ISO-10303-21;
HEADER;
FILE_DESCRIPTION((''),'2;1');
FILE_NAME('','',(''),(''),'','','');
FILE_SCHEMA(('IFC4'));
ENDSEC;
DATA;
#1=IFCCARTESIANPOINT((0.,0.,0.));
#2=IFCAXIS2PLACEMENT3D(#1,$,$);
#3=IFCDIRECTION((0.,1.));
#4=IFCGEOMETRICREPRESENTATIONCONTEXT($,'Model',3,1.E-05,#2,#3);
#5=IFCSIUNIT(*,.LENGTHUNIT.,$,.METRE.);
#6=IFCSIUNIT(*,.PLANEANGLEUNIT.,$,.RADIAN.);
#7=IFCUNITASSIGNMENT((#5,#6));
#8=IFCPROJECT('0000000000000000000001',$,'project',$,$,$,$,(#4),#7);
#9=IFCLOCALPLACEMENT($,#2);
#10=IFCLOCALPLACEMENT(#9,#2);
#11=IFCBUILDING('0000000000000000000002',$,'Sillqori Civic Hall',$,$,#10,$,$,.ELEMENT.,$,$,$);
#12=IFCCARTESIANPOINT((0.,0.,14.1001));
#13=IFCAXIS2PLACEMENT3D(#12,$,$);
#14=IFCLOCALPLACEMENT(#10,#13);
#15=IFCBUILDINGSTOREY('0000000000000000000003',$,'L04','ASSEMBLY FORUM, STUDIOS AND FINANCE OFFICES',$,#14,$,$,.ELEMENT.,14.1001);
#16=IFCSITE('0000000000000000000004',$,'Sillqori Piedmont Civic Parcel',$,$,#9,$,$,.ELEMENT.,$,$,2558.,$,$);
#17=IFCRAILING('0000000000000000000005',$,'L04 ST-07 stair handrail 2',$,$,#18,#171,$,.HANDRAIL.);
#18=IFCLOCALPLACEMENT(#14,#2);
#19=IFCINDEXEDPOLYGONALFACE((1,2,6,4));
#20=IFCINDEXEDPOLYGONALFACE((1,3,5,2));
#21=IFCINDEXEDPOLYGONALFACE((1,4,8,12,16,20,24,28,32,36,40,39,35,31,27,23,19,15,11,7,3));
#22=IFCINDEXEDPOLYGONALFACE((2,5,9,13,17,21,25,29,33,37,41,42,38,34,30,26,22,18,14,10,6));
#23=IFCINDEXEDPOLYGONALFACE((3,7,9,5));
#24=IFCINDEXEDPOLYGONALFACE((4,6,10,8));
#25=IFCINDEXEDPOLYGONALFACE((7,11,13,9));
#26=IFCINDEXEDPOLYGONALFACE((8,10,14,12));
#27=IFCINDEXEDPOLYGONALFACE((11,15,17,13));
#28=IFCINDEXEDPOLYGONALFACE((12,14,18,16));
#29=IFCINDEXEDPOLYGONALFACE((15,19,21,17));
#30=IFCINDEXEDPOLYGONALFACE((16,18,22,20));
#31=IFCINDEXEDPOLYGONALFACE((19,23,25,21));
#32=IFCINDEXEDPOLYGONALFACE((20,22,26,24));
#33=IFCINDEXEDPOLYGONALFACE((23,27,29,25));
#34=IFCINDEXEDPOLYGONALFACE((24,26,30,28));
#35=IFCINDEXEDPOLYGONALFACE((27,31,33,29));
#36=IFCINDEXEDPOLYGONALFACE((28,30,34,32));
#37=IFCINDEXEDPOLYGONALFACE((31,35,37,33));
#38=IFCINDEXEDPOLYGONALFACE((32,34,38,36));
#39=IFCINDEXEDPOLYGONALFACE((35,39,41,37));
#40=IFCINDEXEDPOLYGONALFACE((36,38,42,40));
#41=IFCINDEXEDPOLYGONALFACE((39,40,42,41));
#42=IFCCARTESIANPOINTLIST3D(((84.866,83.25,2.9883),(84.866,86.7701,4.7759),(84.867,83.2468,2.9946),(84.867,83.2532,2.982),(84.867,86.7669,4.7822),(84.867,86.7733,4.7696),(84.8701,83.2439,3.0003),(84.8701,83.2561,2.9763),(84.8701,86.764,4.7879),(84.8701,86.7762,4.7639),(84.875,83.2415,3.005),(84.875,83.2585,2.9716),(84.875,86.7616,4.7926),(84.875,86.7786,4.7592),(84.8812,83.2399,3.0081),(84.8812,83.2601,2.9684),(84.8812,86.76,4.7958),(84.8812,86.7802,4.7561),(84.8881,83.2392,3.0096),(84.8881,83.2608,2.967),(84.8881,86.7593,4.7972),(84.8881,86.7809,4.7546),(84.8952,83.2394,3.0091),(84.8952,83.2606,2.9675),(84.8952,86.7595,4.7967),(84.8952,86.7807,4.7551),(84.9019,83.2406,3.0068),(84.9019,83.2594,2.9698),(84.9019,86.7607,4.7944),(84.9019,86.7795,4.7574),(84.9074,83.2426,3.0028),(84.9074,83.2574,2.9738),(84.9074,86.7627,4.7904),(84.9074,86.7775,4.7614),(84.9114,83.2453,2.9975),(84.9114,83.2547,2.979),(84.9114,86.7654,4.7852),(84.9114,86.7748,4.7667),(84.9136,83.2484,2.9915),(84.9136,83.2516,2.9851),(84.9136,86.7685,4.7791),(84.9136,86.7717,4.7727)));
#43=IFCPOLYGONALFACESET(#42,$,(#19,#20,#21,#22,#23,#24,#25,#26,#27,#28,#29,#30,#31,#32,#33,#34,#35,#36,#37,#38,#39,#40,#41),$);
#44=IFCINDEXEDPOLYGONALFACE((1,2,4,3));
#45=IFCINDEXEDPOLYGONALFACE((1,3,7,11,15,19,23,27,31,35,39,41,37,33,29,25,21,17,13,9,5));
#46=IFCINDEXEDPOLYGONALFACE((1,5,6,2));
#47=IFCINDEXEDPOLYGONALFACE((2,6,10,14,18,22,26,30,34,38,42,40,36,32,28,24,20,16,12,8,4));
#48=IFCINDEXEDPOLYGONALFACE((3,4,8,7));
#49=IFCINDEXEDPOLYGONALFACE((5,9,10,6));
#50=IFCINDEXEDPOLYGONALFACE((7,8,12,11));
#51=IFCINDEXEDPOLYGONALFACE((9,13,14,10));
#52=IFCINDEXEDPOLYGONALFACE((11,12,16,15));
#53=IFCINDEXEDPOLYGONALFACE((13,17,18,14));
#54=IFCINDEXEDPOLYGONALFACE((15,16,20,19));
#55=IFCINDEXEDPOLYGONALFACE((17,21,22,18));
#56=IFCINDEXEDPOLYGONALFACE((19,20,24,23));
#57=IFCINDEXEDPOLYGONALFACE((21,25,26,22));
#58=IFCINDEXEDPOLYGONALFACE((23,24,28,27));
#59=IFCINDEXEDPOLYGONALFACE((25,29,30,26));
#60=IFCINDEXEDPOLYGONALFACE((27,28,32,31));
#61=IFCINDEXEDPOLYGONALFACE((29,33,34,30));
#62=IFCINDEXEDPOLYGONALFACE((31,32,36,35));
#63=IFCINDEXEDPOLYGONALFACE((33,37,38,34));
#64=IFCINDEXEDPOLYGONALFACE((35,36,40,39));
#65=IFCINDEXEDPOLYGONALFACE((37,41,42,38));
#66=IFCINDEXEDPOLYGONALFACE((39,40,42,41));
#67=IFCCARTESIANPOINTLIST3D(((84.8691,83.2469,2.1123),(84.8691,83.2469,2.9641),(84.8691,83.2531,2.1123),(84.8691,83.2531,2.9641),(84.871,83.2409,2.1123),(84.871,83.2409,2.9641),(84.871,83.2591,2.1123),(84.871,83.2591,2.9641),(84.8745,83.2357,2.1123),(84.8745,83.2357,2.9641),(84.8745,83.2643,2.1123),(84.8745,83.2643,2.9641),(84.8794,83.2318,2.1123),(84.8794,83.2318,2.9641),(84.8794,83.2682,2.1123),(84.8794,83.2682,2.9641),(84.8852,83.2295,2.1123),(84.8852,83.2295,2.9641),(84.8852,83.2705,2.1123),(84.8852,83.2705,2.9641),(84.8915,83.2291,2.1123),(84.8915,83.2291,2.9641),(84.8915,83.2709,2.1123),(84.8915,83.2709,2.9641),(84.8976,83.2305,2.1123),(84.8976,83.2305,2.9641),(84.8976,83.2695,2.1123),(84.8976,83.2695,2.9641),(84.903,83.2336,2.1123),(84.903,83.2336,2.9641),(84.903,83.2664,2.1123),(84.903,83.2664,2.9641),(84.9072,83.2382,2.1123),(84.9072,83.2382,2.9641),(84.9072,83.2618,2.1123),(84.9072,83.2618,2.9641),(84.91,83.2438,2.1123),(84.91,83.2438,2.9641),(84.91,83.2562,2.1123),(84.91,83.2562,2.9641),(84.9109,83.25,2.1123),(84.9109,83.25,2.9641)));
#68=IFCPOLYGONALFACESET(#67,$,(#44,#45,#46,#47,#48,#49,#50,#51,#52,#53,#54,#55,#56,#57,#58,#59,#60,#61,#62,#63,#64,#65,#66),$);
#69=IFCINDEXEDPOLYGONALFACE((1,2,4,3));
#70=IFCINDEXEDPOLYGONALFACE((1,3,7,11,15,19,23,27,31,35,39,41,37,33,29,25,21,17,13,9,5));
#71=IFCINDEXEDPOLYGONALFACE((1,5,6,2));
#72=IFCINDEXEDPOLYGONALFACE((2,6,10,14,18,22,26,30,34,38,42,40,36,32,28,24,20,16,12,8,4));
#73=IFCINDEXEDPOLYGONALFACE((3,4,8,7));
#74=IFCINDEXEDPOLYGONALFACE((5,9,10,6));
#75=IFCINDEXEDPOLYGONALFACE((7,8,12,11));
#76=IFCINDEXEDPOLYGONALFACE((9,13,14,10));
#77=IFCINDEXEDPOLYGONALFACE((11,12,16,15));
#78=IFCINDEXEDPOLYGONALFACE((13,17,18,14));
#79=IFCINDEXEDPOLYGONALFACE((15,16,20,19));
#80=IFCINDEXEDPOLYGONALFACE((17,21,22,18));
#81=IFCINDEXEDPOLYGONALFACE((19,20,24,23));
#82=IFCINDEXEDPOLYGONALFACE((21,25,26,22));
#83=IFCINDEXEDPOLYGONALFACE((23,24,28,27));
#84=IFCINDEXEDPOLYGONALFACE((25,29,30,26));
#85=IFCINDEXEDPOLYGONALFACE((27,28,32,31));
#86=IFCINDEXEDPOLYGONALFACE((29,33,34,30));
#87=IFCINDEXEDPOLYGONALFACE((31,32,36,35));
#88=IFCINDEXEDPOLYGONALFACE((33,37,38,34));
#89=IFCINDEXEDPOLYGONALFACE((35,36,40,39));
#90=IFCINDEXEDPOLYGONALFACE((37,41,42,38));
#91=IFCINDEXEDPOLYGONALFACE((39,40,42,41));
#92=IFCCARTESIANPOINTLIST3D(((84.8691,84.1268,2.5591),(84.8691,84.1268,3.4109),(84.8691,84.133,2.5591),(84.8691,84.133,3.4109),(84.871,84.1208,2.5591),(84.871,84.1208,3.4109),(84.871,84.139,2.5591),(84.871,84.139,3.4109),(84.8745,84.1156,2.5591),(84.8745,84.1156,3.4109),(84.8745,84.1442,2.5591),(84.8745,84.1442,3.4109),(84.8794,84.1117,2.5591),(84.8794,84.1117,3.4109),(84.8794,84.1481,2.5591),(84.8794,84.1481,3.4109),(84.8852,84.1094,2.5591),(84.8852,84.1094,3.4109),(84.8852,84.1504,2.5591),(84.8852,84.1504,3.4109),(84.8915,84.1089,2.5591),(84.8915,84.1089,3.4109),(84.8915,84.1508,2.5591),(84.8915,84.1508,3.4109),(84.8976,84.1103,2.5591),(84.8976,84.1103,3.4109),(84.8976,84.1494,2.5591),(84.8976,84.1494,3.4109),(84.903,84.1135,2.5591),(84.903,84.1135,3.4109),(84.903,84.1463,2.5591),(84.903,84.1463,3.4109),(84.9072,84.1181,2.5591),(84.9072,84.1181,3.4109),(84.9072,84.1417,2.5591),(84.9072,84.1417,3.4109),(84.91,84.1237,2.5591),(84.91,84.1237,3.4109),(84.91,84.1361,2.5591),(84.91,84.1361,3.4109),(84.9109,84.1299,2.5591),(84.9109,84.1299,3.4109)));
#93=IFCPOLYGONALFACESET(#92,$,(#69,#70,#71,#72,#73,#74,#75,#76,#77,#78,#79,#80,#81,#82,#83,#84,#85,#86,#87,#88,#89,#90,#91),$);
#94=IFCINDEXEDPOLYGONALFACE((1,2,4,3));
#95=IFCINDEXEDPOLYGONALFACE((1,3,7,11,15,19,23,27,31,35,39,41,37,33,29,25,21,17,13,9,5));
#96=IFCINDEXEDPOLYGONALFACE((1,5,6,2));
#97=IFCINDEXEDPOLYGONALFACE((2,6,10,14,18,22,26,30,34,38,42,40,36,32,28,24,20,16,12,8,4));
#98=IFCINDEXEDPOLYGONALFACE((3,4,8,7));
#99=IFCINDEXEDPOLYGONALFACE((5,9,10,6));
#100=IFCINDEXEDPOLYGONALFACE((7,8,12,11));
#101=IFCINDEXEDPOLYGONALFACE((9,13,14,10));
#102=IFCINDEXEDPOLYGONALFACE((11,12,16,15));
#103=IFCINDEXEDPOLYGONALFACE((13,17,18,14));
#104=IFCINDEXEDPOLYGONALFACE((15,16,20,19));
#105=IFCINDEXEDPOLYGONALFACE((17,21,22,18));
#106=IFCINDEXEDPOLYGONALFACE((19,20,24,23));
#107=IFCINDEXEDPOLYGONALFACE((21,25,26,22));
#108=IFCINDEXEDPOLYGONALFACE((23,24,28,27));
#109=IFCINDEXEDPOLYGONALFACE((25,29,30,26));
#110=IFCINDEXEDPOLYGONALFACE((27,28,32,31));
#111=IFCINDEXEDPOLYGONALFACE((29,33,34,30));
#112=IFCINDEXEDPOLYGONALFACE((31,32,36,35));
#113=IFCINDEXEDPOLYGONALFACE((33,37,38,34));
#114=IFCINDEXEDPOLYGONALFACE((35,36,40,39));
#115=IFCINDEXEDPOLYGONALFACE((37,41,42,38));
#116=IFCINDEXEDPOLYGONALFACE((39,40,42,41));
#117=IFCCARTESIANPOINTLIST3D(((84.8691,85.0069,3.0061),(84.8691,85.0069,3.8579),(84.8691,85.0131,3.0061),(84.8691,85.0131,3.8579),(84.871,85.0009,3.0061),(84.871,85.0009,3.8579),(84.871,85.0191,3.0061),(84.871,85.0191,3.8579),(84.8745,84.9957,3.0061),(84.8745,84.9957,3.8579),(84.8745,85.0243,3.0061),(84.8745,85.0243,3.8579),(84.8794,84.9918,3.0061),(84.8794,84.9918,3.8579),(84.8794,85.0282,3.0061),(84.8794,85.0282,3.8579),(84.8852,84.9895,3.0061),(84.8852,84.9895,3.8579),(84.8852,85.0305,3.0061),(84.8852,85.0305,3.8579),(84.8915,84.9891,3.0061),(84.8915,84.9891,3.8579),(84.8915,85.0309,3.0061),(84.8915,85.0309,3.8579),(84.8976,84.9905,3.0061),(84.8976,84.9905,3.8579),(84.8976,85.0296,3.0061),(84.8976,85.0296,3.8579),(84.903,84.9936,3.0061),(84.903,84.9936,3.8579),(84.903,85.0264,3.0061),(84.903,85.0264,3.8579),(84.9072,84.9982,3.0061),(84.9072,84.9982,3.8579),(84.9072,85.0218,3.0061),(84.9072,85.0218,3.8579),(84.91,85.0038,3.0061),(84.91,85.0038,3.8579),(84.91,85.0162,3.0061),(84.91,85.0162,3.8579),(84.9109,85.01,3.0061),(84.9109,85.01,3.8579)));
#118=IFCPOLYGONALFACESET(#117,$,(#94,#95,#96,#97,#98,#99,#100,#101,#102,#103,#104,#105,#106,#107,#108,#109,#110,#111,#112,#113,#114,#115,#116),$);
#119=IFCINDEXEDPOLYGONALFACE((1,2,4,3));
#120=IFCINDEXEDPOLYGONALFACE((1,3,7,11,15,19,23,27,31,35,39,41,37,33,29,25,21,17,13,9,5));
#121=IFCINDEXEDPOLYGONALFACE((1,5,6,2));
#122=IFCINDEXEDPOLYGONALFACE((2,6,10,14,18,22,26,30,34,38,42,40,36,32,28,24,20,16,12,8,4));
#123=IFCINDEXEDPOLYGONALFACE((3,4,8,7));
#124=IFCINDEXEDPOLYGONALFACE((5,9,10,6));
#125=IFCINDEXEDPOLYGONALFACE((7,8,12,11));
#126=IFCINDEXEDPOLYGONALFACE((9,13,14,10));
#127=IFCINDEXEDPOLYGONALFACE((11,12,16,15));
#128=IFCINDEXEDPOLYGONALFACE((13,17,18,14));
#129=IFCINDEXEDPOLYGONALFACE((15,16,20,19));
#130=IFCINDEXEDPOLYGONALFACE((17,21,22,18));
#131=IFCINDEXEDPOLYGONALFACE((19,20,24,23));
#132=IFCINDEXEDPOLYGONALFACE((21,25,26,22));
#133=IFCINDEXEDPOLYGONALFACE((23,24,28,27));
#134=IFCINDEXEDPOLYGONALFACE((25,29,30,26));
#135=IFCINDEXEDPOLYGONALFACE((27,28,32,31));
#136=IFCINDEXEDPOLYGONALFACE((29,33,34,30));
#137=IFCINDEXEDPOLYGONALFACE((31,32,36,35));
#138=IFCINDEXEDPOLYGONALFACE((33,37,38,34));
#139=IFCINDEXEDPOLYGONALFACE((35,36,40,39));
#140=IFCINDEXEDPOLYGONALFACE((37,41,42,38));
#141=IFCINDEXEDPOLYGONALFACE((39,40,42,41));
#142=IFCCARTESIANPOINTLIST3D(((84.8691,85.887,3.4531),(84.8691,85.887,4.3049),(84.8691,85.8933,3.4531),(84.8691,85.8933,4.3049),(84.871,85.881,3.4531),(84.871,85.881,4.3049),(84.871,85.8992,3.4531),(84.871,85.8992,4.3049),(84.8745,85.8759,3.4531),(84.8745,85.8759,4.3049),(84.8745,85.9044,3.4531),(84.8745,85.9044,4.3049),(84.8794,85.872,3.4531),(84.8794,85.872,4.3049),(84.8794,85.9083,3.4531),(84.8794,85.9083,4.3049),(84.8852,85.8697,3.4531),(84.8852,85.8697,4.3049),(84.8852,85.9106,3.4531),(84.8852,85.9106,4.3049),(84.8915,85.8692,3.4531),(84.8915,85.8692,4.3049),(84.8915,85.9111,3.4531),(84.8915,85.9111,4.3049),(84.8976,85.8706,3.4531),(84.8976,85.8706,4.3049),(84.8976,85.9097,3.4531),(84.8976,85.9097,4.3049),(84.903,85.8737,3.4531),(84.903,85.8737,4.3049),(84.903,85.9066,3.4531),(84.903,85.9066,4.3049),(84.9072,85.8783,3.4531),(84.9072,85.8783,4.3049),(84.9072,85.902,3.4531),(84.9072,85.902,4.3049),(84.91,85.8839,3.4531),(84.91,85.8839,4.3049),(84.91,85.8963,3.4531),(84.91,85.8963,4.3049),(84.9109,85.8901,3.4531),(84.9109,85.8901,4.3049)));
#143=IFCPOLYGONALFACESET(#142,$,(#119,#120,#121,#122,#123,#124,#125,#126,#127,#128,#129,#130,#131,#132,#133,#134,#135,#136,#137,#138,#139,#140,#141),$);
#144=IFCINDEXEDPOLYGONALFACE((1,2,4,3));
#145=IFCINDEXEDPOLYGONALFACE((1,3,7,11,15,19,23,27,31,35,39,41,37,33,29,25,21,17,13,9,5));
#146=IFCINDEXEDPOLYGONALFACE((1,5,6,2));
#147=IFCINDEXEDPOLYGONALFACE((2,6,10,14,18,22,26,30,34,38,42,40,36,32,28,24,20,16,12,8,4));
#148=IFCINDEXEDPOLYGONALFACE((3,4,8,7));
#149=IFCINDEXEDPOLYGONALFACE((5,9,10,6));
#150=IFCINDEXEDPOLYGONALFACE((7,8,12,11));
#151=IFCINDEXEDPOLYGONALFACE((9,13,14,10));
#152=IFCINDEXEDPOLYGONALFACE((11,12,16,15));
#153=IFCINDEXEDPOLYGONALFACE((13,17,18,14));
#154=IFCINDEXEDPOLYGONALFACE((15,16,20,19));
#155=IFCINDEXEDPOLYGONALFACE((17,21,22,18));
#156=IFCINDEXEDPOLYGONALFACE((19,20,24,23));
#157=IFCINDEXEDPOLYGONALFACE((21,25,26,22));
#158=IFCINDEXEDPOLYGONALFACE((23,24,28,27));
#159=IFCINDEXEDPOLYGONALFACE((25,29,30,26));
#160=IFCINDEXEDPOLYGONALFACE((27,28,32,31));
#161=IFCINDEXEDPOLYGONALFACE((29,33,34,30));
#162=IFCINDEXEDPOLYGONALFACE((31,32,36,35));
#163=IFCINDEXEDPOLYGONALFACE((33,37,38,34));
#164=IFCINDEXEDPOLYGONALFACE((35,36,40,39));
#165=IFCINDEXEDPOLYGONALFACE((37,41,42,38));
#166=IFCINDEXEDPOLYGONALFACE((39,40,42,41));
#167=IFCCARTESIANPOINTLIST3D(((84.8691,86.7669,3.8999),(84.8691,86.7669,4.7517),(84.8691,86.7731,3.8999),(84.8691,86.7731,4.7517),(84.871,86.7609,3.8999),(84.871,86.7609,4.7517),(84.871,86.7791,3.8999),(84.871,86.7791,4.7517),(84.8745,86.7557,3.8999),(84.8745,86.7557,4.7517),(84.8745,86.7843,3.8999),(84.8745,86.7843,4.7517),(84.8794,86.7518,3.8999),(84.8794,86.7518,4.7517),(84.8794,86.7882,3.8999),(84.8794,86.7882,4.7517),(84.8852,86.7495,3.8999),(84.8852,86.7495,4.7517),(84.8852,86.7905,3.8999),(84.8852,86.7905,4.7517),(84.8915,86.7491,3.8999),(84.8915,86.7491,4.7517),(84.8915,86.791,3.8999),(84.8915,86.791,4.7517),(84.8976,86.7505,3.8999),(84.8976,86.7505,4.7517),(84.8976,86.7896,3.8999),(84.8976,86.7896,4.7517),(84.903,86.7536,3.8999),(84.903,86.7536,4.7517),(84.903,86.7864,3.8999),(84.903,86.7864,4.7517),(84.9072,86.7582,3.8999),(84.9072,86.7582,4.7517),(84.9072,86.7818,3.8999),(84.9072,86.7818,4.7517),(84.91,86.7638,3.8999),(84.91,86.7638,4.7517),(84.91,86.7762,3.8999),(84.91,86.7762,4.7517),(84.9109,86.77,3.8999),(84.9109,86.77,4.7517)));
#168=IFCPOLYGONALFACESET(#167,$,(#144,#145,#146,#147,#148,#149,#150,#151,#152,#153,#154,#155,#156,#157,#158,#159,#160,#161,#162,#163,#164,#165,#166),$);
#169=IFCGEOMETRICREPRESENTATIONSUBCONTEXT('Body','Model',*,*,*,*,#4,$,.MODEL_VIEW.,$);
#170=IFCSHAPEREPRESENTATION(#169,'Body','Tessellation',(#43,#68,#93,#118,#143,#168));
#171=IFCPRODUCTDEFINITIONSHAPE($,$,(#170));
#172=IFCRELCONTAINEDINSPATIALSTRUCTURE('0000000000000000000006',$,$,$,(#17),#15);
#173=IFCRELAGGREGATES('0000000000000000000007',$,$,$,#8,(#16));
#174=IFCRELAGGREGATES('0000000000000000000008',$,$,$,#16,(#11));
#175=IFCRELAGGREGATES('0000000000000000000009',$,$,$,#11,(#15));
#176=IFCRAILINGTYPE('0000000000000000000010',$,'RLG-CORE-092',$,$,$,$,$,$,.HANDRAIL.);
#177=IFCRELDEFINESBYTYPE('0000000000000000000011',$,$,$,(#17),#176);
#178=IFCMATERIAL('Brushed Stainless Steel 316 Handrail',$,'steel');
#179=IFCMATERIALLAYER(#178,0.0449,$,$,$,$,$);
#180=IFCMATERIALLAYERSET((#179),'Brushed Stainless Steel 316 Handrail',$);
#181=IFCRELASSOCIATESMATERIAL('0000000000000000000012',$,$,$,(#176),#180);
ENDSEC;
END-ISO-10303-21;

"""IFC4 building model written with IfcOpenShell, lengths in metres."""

from ifc_helpers import new_model, si_unit, direction, frame, origin, origin_2d, place, context, subcontext, project, spatial, circle, extrude, material, layer, layer_set, type_object, element, save


model = new_model("IFC4")

# Units and contexts
model_context = context("Model", 3, precision=1e-05, world=origin(), true_north=direction((0.0, 1.0)))
body_context = subcontext(model_context, "Body", "Model", "MODEL_VIEW")
ifc_project = project(units=[si_unit("LENGTHUNIT", "METRE"), si_unit("PLANEANGLEUNIT", "RADIAN")], contexts=[model_context])

# Site, building, storey
site_placement = place(None, origin())
site = spatial("IfcSite", under=ifc_project, at=site_placement, Name="Sillqori Piedmont Civic Parcel", CompositionType="ELEMENT", RefElevation=2558.0)
building_placement = place(site_placement, origin())
building = spatial("IfcBuilding", under=site, at=building_placement, Name="Sillqori Civic Hall", CompositionType="ELEMENT")
storey_placement = place(building_placement, frame((0.0, 0.0, 14.1001)))
storey = spatial("IfcBuildingStorey", under=building, at=storey_placement, Name="L04", Description="ASSEMBLY FORUM, STUDIOS AND FINANCE OFFICES", CompositionType="ELEMENT", Elevation=14.1001)

# Railing
ifc_material_1 = material(Name="Brushed Stainless Steel 316 Handrail", Category="steel")
ifc_layer_1 = layer(ifc_material_1, 0.0449)
ifc_layer_set_1 = layer_set([ifc_layer_1], Name="Brushed Stainless Steel 316 Handrail")
railing_type_1 = type_object("IfcRailingType", Name="RLG-CORE-092", PredefinedType="HANDRAIL", material=ifc_layer_set_1)
railing_1_placement = place(storey_placement, frame((84.8899, 83.25, 2.1123)))
element("IfcRailing", 1, at=railing_1_placement, inside=storey, type_object=railing_type_1, Name="L04 ST-07 stair handrail 2", PredefinedType="HANDRAIL", context=body_context, shape_type="SweptSolid", body=[
    extrude(circle(Radius=0.0239, at=origin_2d()), frame((0.0, 0.0, 0.876), z_axis=(0.0, 0.891615, 0.452795), x_axis=(-1.0, 0.0, 0.0)), (0.0, 0.0, 1.0), 3.948),
    extrude(circle(Radius=0.021, at=origin_2d()), origin(), (0.0, 0.0, 1.0), 0.8518),
    extrude(circle(Radius=0.021, at=origin_2d()), frame((0.0, 0.8799, 0.4468)), (0.0, 0.0, 1.0), 0.8518),
    extrude(circle(Radius=0.021, at=origin_2d()), frame((0.0, 1.76, 0.8938)), (0.0, 0.0, 1.0), 0.8518),
    extrude(circle(Radius=0.021, at=origin_2d()), frame((0.0, 2.6401, 1.3408)), (0.0, 0.0, 1.0), 0.8518),
    extrude(circle(Radius=0.021, at=origin_2d()), frame((0.0, 3.52, 1.7876)), (0.0, 0.0, 1.0), 0.8518),
])

save(model, "model.ifc")
